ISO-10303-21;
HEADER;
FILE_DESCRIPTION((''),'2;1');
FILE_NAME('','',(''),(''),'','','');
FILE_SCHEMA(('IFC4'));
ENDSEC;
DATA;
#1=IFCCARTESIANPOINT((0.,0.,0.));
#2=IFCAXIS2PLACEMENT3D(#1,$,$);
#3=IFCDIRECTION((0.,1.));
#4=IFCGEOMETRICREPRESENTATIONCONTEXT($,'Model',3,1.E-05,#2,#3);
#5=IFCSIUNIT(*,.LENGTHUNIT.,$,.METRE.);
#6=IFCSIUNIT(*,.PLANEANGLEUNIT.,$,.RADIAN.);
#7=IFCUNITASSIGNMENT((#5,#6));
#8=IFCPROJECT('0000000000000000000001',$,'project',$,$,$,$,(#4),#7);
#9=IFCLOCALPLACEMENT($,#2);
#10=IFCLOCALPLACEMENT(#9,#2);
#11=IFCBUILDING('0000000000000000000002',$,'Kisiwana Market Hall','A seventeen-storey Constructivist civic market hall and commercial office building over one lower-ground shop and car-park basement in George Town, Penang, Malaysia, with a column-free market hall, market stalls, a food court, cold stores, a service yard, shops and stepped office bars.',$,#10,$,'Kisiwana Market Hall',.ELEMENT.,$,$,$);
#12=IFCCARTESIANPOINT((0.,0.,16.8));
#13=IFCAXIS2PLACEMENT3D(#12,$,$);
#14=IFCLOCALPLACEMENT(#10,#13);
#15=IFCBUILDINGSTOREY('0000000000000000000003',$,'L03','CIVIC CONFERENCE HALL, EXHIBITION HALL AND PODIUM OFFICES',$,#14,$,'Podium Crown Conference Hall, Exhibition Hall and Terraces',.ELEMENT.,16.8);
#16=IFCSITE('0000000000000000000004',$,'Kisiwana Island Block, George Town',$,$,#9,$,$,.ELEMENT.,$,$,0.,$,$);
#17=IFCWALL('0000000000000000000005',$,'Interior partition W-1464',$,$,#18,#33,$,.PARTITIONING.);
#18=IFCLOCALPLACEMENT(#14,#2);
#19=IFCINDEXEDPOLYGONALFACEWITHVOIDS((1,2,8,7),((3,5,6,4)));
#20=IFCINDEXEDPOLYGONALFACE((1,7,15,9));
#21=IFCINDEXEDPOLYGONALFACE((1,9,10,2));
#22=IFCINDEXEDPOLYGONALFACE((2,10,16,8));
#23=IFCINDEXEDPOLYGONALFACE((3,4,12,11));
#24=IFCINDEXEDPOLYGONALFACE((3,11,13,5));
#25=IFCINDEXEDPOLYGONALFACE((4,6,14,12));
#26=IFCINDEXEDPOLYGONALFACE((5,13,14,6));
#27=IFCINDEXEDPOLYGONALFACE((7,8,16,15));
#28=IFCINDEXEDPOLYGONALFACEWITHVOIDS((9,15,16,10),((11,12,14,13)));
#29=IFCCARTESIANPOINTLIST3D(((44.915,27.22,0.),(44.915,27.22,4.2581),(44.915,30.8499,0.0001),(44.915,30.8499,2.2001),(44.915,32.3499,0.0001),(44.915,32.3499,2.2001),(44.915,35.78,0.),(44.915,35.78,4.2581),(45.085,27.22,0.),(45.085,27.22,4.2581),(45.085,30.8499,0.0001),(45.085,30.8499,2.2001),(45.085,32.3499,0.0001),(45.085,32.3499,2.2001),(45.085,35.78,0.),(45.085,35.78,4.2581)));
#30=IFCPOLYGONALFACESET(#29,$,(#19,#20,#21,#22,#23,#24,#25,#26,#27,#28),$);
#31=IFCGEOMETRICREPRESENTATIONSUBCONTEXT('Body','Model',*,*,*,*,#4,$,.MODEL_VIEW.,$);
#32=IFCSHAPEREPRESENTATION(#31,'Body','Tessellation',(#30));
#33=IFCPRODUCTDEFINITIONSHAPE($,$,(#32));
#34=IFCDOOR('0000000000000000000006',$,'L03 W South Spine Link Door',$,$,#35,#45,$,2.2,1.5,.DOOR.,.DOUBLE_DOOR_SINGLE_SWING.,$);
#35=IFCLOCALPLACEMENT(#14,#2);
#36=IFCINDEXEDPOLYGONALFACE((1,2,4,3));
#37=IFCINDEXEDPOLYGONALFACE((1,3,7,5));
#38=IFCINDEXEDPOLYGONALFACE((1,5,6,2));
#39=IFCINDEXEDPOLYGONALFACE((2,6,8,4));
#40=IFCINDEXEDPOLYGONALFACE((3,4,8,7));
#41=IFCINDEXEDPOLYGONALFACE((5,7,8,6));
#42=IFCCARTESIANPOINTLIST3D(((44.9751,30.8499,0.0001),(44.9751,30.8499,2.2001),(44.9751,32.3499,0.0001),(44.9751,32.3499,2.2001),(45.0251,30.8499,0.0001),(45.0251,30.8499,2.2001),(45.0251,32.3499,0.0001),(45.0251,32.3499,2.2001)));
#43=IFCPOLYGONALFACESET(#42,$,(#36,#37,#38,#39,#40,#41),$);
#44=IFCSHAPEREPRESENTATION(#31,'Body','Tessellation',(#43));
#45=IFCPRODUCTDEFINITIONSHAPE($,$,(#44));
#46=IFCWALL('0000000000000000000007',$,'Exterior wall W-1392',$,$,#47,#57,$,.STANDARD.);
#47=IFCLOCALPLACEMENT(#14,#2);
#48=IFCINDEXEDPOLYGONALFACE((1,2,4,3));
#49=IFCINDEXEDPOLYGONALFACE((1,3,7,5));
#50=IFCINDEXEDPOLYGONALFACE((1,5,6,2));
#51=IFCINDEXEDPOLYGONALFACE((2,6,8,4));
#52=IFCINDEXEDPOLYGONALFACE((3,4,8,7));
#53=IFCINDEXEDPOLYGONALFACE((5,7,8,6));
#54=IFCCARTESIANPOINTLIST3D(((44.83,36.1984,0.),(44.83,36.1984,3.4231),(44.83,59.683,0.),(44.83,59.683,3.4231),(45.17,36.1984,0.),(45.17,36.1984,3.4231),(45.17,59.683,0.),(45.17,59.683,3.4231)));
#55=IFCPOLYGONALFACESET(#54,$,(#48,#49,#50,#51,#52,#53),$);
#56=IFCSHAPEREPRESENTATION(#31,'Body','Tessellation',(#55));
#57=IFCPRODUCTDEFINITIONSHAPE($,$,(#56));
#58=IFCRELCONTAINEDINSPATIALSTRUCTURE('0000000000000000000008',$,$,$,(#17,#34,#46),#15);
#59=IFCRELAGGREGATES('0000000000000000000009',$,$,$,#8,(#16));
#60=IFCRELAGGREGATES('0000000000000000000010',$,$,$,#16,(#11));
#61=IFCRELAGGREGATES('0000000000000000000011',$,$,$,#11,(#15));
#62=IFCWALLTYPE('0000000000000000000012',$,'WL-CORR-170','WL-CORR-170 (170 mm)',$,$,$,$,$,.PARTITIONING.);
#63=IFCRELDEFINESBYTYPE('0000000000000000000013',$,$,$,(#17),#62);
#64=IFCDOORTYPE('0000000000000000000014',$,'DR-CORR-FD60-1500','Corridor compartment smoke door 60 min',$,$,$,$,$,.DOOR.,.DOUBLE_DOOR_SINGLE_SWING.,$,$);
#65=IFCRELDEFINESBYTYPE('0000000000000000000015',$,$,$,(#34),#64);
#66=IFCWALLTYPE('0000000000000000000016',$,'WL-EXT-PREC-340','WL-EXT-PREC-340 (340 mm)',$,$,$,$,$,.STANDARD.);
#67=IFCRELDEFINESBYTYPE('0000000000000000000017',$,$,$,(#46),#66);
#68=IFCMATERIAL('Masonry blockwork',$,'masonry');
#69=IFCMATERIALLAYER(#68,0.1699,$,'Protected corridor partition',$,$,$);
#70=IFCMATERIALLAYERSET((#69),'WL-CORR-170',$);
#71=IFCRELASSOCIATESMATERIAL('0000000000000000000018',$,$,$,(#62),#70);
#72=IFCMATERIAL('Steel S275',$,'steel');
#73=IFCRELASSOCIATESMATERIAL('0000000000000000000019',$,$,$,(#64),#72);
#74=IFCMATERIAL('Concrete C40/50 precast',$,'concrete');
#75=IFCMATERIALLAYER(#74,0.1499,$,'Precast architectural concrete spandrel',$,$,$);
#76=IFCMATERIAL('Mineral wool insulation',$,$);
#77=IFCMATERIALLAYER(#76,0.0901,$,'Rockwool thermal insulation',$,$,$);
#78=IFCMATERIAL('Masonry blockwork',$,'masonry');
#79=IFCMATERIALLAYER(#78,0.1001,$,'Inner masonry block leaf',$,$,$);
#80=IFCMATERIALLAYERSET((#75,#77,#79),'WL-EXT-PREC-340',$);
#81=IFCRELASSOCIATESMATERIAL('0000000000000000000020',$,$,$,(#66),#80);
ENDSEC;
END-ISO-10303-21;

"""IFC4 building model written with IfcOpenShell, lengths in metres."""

from ifc_helpers import new_model, si_unit, direction, frame, frame_2d, origin, place, context, subcontext, project, spatial, rectangle, extrude, material, layer, layer_set, type_object, element, fill, save


model = new_model("IFC4")

# Units and contexts
model_context = context("Model", 3, precision=1e-05, world=origin(), true_north=direction((0.0, 1.0)))
body_context = subcontext(model_context, "Body", "Model", "MODEL_VIEW")
ifc_project = project(units=[si_unit("LENGTHUNIT", "METRE"), si_unit("PLANEANGLEUNIT", "RADIAN")], contexts=[model_context])

# Site, building, storey
site_placement = place(None, origin())
site = spatial("IfcSite", under=ifc_project, at=site_placement, Name="Kisiwana Island Block, George Town", CompositionType="ELEMENT", RefElevation=0.0)
building_placement = place(site_placement, origin())
building = spatial("IfcBuilding", under=site, at=building_placement, Name="Kisiwana Market Hall", Description="A seventeen-storey Constructivist civic market hall and commercial office building over one lower-ground shop and car-park basement in George Town, Penang, Malaysia, with a column-free market hall, market stalls, a food court, cold stores, a service yard, shops and stepped office bars.", LongName="Kisiwana Market Hall", CompositionType="ELEMENT")
storey_placement = place(building_placement, frame((0.0, 0.0, 16.8)))
storey = spatial("IfcBuildingStorey", under=building, at=storey_placement, Name="L03", Description="CIVIC CONFERENCE HALL, EXHIBITION HALL AND PODIUM OFFICES", LongName="Podium Crown Conference Hall, Exhibition Hall and Terraces", CompositionType="ELEMENT", Elevation=16.8)

# Shared definitions
ifc_material_1 = material(Name="Masonry blockwork", Category="masonry")
ifc_layer_1 = layer(ifc_material_1, 0.1699, Name="Protected corridor partition")
ifc_layer_set_1 = layer_set([ifc_layer_1], Name="WL-CORR-170")
wall_type_1 = type_object("IfcWallType", Name="WL-CORR-170", Description="WL-CORR-170 (170 mm)", PredefinedType="PARTITIONING", material=ifc_layer_set_1)

# Wall, opening, door
wall_1_placement = place(storey_placement, frame((45.0, 27.22, 0.0), z_axis=(0.0, 0.0, 1.0), x_axis=(0.0, 1.0, 0.0)))
wall_1 = element("IfcWall", 1, at=wall_1_placement, inside=storey, type_object=wall_type_1, Name="Interior partition W-1464", PredefinedType="PARTITIONING", context=body_context, shape_type="SweptSolid", body=[
    extrude(rectangle(XDim=8.5601, YDim=0.1699, at=frame_2d((4.28, 0.0))), origin(), (0.0, 0.0, 1.0), 4.2581),
])
opening_1_placement = place(wall_1_placement, frame((3.6299, 0.0, 0.0)))
opening_1 = element("IfcOpeningElement", 2, at=opening_1_placement, cuts=wall_1, PredefinedType="OPENING", context=body_context, shape_type="SweptSolid", body=[
    extrude(rectangle(XDim=1.5, YDim=2.2, at=frame_2d((0.75, 1.1001))), frame((0.0, 0.0969, 0.0), z_axis=(0.0, -1.0, 0.0), x_axis=(1.0, 0.0, 0.0)), (0.0, 0.0, 1.0), 0.1938),
])
ifc_material_2 = material(Name="Steel S275", Category="steel")
door_type_1 = type_object("IfcDoorType", Name="DR-CORR-FD60-1500", Description="Corridor compartment smoke door 60 min", OperationType="DOUBLE_DOOR_SINGLE_SWING", PredefinedType="DOOR", material=ifc_material_2)
door_1_placement = place(opening_1_placement, origin())
door_1 = element("IfcDoor", 3, at=door_1_placement, inside=storey, type_object=door_type_1, Name="L03 W South Spine Link Door", OperationType="DOUBLE_DOOR_SINGLE_SWING", OverallHeight=2.2, OverallWidth=1.5, PredefinedType="DOOR", context=body_context, shape_type="SweptSolid", body=[
    extrude(rectangle(XDim=1.5, YDim=2.2, at=frame_2d((0.75, 1.1001))), frame((0.0, 0.0249, 0.0), z_axis=(0.0, -1.0, 0.0), x_axis=(1.0, 0.0, 0.0)), (0.0, 0.0, 1.0), 0.05),
])
fill(opening_1, door_1)

# Wall
ifc_material_3 = material(Name="Concrete C40/50 precast", Category="concrete")
ifc_layer_2 = layer(ifc_material_3, 0.1499, Name="Precast architectural concrete spandrel")
ifc_material_4 = material(Name="Mineral wool insulation")
ifc_layer_3 = layer(ifc_material_4, 0.0901, Name="Rockwool thermal insulation")
ifc_material_5 = material(Name="Masonry blockwork", Category="masonry")
ifc_layer_4 = layer(ifc_material_5, 0.1001, Name="Inner masonry block leaf")
ifc_layer_set_2 = layer_set([ifc_layer_2, ifc_layer_3, ifc_layer_4], Name="WL-EXT-PREC-340")
wall_type_2 = type_object("IfcWallType", Name="WL-EXT-PREC-340", Description="WL-EXT-PREC-340 (340 mm)", PredefinedType="STANDARD", material=ifc_layer_set_2)
wall_2_placement = place(storey_placement, frame((45.0, 36.1985, 0.0), z_axis=(0.0, 0.0, 1.0), x_axis=(0.0, 1.0, 0.0)))
element("IfcWall", 4, at=wall_2_placement, inside=storey, type_object=wall_type_2, Name="Exterior wall W-1392", PredefinedType="STANDARD", context=body_context, shape_type="SweptSolid", body=[
    extrude(rectangle(XDim=23.4846, YDim=0.3401, at=frame_2d((11.7422, 0.0))), origin(), (0.0, 0.0, 1.0), 3.4231),
])

save(model, "model.ifc")
